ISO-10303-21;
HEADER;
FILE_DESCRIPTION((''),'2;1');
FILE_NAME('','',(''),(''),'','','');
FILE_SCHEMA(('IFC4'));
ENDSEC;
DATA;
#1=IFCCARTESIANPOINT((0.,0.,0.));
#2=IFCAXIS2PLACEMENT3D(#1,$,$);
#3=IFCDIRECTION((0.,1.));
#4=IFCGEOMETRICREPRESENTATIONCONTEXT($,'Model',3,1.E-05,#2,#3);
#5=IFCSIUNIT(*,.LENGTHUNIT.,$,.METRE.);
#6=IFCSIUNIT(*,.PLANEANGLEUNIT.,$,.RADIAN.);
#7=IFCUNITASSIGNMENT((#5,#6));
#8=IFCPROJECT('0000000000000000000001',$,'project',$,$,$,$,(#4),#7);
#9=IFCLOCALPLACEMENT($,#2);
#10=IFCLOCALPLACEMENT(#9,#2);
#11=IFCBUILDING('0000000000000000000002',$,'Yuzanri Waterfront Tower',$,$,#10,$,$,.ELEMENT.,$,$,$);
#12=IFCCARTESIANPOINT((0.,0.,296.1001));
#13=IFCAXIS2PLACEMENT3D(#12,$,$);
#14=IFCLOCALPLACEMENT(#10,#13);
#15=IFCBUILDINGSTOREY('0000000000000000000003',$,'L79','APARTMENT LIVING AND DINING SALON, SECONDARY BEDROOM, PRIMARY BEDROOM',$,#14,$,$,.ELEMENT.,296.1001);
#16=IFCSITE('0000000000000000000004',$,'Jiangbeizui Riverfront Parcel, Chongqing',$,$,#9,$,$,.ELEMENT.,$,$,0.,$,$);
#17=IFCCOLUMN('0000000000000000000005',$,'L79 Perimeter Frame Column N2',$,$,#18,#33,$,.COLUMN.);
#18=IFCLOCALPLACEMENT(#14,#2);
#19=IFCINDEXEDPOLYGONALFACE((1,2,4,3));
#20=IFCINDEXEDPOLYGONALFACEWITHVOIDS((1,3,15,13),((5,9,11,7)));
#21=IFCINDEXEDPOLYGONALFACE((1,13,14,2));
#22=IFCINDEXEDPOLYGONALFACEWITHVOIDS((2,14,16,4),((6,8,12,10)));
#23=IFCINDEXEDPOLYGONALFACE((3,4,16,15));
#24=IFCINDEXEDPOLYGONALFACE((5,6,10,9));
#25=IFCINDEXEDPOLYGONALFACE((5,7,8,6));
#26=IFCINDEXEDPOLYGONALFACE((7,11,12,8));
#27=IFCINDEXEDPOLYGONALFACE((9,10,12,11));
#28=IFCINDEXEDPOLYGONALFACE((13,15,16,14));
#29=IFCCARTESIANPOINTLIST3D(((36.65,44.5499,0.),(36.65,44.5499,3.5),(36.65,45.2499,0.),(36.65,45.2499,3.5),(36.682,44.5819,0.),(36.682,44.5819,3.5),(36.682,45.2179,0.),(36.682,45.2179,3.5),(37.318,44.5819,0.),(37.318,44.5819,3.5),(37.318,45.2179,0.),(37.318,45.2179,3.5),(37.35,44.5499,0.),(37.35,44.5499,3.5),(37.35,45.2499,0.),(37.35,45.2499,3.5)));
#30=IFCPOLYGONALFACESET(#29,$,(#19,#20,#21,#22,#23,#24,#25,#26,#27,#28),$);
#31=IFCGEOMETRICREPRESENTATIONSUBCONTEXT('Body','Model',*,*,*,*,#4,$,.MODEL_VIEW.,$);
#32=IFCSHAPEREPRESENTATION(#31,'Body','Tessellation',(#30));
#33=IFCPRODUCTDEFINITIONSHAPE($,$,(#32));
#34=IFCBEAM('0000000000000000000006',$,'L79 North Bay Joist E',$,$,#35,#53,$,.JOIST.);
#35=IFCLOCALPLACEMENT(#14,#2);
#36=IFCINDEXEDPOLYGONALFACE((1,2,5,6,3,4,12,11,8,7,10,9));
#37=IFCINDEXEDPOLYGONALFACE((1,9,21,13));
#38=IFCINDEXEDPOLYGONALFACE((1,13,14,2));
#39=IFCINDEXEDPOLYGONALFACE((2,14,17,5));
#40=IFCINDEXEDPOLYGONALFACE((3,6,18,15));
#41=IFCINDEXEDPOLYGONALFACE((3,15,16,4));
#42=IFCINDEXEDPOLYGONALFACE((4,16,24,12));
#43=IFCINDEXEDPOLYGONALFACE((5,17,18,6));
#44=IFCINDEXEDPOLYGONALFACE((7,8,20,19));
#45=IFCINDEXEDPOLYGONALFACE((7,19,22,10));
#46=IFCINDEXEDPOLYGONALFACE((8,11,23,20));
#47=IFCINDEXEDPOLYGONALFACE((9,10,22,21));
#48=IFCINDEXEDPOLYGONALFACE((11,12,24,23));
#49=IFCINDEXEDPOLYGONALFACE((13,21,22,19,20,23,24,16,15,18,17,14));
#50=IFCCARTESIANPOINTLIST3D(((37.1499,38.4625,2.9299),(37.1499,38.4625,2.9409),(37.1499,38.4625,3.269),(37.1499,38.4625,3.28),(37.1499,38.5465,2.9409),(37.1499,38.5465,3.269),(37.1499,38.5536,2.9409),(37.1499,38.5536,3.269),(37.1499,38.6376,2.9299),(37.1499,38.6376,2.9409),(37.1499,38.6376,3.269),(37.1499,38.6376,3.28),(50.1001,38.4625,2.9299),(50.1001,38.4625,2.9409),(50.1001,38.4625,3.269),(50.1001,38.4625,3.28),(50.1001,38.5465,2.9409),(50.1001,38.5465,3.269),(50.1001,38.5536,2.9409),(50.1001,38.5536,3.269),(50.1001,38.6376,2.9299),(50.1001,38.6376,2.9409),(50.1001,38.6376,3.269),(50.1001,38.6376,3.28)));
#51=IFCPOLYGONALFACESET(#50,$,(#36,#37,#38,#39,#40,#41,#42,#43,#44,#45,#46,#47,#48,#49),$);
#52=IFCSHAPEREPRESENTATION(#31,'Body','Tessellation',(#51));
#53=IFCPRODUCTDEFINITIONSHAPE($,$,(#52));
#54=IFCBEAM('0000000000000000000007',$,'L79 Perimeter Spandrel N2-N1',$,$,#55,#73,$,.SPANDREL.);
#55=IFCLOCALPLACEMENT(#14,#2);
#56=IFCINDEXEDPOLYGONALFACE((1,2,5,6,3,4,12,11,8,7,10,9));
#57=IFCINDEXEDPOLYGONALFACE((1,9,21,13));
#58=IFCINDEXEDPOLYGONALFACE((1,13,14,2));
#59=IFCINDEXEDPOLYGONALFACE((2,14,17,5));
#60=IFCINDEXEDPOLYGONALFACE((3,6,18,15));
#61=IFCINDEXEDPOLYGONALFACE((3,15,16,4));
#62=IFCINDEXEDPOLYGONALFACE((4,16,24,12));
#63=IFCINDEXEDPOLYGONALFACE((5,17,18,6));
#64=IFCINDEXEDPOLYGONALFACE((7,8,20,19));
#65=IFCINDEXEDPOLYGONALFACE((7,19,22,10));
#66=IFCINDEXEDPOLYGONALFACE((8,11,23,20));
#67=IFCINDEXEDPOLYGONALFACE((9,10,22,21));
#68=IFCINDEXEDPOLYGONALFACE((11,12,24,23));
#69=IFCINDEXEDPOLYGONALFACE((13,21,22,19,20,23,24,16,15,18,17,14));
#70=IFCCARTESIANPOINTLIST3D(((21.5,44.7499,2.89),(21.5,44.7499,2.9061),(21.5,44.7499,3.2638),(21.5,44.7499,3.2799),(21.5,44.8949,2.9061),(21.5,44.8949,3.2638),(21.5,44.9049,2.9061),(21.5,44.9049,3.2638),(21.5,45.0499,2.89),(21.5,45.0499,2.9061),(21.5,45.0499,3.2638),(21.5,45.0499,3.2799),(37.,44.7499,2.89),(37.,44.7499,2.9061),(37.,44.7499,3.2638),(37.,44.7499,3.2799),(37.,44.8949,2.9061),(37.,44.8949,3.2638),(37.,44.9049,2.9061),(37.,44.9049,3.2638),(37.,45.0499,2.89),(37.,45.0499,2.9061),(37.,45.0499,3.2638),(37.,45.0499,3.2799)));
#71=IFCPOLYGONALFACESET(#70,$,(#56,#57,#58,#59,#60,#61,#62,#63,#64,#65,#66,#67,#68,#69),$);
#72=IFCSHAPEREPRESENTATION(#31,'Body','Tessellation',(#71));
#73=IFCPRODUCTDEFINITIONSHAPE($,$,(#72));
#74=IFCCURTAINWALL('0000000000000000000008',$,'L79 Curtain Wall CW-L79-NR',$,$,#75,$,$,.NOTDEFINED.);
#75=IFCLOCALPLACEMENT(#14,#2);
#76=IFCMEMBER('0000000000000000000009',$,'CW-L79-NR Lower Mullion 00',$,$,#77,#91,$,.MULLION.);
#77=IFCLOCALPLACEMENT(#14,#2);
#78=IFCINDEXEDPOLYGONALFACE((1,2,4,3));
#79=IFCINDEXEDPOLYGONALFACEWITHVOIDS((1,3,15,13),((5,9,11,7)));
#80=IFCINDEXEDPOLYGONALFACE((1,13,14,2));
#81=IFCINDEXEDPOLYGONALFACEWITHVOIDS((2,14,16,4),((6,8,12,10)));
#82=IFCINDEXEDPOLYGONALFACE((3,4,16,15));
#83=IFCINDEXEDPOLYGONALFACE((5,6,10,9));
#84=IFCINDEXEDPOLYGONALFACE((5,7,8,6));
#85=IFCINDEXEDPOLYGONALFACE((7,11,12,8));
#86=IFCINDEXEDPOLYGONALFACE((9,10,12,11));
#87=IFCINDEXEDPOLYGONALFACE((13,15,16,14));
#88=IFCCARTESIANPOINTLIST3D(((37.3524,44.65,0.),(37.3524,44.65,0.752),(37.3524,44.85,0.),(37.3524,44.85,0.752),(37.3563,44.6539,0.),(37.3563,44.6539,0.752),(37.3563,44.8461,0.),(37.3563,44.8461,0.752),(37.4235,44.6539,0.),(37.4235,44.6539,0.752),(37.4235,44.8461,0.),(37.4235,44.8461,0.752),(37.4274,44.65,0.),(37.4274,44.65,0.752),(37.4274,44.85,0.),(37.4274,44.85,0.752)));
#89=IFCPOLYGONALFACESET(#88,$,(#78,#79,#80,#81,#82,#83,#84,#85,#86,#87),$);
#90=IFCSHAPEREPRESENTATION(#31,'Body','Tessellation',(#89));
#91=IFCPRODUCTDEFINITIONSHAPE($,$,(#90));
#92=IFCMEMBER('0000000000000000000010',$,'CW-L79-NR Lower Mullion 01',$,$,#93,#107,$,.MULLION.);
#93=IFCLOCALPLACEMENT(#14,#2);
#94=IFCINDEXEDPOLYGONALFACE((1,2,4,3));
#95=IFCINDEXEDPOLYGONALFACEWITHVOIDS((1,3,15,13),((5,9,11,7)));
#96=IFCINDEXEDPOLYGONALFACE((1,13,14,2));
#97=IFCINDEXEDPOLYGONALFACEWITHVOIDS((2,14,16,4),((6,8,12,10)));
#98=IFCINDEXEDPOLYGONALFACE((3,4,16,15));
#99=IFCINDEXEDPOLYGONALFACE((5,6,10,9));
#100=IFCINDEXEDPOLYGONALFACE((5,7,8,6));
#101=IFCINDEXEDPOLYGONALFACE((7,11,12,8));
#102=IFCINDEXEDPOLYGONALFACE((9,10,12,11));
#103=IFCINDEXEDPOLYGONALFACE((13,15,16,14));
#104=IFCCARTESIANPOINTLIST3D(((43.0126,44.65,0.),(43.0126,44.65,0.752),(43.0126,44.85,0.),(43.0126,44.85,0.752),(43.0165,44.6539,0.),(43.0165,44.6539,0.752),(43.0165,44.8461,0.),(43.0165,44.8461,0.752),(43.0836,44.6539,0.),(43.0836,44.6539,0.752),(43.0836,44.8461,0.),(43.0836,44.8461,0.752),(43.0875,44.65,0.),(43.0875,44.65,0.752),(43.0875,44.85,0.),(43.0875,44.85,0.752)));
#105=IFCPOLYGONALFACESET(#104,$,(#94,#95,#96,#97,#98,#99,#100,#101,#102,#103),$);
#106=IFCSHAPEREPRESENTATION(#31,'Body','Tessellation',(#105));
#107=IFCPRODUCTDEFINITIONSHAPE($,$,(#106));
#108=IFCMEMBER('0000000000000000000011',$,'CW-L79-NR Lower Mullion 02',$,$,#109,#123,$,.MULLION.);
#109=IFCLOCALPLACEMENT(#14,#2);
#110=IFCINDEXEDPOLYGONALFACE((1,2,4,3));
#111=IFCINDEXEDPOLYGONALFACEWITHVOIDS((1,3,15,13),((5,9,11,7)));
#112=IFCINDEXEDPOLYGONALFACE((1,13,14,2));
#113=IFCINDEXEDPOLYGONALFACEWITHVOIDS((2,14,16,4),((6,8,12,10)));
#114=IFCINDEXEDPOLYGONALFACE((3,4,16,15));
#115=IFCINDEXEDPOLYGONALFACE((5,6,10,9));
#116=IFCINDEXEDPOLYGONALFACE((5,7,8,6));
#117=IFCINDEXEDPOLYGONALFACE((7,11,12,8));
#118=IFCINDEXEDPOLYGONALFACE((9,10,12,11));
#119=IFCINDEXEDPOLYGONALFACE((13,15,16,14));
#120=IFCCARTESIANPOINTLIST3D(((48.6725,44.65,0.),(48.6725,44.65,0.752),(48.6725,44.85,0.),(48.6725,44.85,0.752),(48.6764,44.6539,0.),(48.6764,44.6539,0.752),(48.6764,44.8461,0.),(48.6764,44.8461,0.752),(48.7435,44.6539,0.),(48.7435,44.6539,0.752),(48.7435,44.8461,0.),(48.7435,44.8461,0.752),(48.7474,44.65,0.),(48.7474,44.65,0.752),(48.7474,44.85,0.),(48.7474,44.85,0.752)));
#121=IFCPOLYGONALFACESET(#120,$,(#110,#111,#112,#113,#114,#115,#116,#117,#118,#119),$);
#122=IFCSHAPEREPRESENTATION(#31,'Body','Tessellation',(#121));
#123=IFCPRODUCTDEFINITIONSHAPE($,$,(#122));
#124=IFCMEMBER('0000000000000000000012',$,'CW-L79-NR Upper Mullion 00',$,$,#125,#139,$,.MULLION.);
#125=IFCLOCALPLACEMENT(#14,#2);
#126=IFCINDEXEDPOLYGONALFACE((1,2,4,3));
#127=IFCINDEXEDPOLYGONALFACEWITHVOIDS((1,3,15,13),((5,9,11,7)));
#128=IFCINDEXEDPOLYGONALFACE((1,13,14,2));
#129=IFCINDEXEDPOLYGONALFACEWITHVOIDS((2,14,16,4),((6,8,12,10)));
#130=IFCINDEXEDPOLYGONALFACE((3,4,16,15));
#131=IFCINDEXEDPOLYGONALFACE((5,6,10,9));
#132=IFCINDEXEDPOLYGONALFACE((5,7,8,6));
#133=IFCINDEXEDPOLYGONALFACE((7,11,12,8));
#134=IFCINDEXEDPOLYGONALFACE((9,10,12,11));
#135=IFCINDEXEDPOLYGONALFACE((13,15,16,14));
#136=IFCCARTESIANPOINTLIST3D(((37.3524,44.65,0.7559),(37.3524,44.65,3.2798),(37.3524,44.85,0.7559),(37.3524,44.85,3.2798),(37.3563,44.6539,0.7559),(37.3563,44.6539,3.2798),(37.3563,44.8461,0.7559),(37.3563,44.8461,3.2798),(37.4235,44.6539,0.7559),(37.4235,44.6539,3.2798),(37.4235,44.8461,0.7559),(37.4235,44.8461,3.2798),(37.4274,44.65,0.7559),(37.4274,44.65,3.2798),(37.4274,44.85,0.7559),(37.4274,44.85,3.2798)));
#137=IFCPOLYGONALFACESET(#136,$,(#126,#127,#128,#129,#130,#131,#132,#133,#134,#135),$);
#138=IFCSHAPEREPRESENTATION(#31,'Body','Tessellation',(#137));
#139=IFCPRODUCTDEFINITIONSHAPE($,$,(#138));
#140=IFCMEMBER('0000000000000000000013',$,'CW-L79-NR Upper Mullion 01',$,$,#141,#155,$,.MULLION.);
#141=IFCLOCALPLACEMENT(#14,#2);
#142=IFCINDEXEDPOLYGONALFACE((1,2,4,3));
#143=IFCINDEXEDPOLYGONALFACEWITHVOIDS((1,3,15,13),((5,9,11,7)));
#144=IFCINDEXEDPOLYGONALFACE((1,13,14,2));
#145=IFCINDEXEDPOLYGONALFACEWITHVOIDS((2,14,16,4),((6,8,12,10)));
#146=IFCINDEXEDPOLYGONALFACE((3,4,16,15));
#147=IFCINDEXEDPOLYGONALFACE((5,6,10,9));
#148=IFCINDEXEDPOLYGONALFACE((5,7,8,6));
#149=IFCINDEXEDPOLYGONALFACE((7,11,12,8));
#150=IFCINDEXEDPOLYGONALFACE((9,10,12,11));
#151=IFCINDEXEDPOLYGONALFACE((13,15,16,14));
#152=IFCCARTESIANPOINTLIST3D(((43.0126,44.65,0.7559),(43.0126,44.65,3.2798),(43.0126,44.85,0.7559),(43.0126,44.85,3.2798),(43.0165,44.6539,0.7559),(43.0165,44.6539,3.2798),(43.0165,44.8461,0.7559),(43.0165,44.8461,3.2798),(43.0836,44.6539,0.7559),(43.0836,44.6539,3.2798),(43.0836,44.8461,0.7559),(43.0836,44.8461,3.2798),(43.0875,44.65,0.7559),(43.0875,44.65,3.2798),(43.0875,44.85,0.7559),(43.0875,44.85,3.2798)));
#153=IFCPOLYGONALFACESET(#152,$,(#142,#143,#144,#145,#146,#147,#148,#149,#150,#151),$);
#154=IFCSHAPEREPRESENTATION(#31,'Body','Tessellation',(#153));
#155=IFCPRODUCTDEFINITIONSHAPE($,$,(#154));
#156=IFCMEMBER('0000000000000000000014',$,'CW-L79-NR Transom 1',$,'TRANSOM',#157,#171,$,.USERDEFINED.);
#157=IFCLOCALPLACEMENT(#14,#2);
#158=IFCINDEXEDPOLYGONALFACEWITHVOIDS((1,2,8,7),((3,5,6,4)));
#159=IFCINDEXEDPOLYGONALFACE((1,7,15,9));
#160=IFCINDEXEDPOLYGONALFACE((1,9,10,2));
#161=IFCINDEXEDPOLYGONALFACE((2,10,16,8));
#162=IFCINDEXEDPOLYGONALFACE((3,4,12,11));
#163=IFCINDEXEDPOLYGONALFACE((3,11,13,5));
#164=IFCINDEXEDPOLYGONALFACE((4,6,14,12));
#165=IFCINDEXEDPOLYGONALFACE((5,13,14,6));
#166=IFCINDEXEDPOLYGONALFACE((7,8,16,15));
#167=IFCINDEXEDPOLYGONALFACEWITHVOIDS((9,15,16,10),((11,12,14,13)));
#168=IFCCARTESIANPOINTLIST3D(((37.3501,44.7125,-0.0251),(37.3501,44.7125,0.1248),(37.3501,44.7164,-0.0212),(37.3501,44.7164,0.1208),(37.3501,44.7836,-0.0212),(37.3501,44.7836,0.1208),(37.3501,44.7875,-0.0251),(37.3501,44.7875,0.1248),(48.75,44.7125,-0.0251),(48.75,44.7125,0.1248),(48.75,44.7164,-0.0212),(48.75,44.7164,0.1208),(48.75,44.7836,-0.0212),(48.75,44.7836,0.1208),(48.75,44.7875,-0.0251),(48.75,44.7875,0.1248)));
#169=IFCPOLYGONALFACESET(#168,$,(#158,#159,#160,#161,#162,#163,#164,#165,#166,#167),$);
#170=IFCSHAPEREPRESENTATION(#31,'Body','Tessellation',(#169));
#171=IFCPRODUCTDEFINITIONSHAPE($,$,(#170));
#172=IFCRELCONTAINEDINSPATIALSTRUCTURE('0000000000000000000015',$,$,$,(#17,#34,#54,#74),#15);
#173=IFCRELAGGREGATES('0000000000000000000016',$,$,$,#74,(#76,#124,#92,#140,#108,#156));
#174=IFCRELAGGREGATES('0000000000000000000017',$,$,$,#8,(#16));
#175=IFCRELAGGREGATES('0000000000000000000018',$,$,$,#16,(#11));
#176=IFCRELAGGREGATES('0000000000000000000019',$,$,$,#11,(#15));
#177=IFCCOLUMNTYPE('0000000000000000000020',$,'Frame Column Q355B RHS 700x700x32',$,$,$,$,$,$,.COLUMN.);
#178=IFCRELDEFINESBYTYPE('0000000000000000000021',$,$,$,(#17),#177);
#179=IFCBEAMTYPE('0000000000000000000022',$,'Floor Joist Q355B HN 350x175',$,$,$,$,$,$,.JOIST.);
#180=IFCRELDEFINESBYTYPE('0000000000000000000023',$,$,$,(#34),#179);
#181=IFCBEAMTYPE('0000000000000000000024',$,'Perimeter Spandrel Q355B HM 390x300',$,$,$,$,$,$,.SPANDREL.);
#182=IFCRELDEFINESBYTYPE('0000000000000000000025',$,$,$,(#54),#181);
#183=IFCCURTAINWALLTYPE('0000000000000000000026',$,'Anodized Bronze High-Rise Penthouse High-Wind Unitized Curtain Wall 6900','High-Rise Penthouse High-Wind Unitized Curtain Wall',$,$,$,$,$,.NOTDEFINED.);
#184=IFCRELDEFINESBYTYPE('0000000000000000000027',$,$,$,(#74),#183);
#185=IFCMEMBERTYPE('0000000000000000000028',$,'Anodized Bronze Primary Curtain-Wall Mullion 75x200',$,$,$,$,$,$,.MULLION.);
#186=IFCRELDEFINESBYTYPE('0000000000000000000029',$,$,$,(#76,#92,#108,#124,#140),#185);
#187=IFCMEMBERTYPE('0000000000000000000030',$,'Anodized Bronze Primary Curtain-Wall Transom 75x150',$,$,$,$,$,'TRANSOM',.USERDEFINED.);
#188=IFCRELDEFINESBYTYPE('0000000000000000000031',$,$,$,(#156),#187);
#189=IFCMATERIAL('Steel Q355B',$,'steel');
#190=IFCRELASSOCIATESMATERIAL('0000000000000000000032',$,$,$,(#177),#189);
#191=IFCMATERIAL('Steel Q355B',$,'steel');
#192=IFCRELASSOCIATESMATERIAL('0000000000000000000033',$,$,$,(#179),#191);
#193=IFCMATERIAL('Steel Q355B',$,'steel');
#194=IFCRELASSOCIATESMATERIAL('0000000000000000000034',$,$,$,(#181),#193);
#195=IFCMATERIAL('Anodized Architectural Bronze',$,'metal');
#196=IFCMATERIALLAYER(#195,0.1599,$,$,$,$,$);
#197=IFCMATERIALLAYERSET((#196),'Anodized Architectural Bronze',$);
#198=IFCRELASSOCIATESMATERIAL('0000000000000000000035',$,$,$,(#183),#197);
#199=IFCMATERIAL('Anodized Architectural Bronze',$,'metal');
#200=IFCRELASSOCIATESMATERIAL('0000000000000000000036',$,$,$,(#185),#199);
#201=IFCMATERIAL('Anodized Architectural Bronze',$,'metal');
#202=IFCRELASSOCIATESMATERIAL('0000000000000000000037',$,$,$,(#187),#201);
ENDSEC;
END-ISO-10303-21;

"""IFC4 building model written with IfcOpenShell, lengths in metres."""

from ifc_helpers import new_model, si_unit, direction, frame, origin, origin_2d, place, context, subcontext, project, spatial, hollow_rectangle, i_section, extrude, source, transform, mapped, material, layer, layer_set, material_profile, profile_set, type_object, element, aggregate, save


model = new_model("IFC4")

# Units and contexts
model_context = context("Model", 3, precision=1e-05, world=origin(), true_north=direction((0.0, 1.0)))
body_context = subcontext(model_context, "Body", "Model", "MODEL_VIEW")
ifc_project = project(units=[si_unit("LENGTHUNIT", "METRE"), si_unit("PLANEANGLEUNIT", "RADIAN")], contexts=[model_context])

# Site, building, storey
site_placement = place(None, origin())
site = spatial("IfcSite", under=ifc_project, at=site_placement, Name="Jiangbeizui Riverfront Parcel, Chongqing", CompositionType="ELEMENT", RefElevation=0.0)
building_placement = place(site_placement, origin())
building = spatial("IfcBuilding", under=site, at=building_placement, Name="Yuzanri Waterfront Tower", CompositionType="ELEMENT")
storey_placement = place(building_placement, frame((0.0, 0.0, 296.1001)))
storey = spatial("IfcBuildingStorey", under=building, at=storey_placement, Name="L79", Description="APARTMENT LIVING AND DINING SALON, SECONDARY BEDROOM, PRIMARY BEDROOM", CompositionType="ELEMENT", Elevation=296.1001)

# Column
ifc_material_1 = material(Name="Steel Q355B", Category="steel")
ifc_material_profile_1 = material_profile(ifc_material_1, hollow_rectangle(XDim=0.7, YDim=0.7, WallThickness=0.032, at=origin_2d()), Name="RHS 700x700x32")
ifc_profile_set_1 = profile_set([ifc_material_profile_1], Name="Steel Q355B")
column_type = type_object("IfcColumnType", Name="Frame Column Q355B RHS 700x700x32", PredefinedType="COLUMN", material=ifc_profile_set_1)
shared_shape_1 = source(origin(), body_context, "Body", "SweptSolid", [
    extrude(hollow_rectangle(XDim=0.7, YDim=0.7, WallThickness=0.032, at=origin_2d()), origin(), (0.0, 0.0, 1.0), 3.5),
])
column_placement = place(storey_placement, frame((37.0, 44.8999, 0.0), z_axis=(0.0, 0.0, 1.0), x_axis=(1.0, 0.0, 0.0)))
element("IfcColumn", 1, at=column_placement, inside=storey, type_object=column_type, Name="L79 Perimeter Frame Column N2", PredefinedType="COLUMN", context=body_context, shape_type="MappedRepresentation", body=[
    mapped(shared_shape_1, transform((0.0, 0.0, 0.0), scale=1.0)),
])

# Beams
ifc_material_2 = material(Name="Steel Q355B", Category="steel")
ifc_material_profile_2 = material_profile(ifc_material_2, i_section(OverallWidth=0.175, OverallDepth=0.3501, WebThickness=0.0071, FlangeThickness=0.011, at=origin_2d()), Name="HN 350x175x7x11")
ifc_profile_set_2 = profile_set([ifc_material_profile_2], Name="Steel Q355B")
beam_type_1 = type_object("IfcBeamType", Name="Floor Joist Q355B HN 350x175", PredefinedType="JOIST", material=ifc_profile_set_2)
shared_shape_2 = source(origin(), body_context, "Body", "SweptSolid", [
    extrude(i_section(OverallWidth=0.175, OverallDepth=0.3501, WebThickness=0.0071, FlangeThickness=0.011, at=origin_2d()), origin(), (0.0, 0.0, 1.0), 12.9502),
])
beam_1_placement = place(storey_placement, frame((37.1499, 38.55, 3.105), z_axis=(1.0, 0.0, 0.0), x_axis=(0.0, 1.0, 0.0)))
element("IfcBeam", 2, at=beam_1_placement, inside=storey, type_object=beam_type_1, Name="L79 North Bay Joist E", PredefinedType="JOIST", context=body_context, shape_type="MappedRepresentation", body=[
    mapped(shared_shape_2, transform((0.0, 0.0, 0.0), scale=1.0)),
])
ifc_material_3 = material(Name="Steel Q355B", Category="steel")
ifc_material_profile_3 = material_profile(ifc_material_3, i_section(OverallWidth=0.3, OverallDepth=0.3899, WebThickness=0.01, FlangeThickness=0.0161, at=origin_2d()), Name="HM 390x300x10x16")
ifc_profile_set_3 = profile_set([ifc_material_profile_3], Name="Steel Q355B")
beam_type_2 = type_object("IfcBeamType", Name="Perimeter Spandrel Q355B HM 390x300", PredefinedType="SPANDREL", material=ifc_profile_set_3)
shared_shape_3 = source(origin(), body_context, "Body", "SweptSolid", [
    extrude(i_section(OverallWidth=0.3, OverallDepth=0.3899, WebThickness=0.01, FlangeThickness=0.0161, at=origin_2d()), origin(), (0.0, 0.0, 1.0), 15.5),
])
beam_2_placement = place(storey_placement, frame((37.0, 44.8999, 3.085), z_axis=(-1.0, 0.0, 0.0), x_axis=(0.0, -1.0, 0.0)))
element("IfcBeam", 3, at=beam_2_placement, inside=storey, type_object=beam_type_2, Name="L79 Perimeter Spandrel N2-N1", PredefinedType="SPANDREL", context=body_context, shape_type="MappedRepresentation", body=[
    mapped(shared_shape_3, transform((0.0, 0.0, 0.0), scale=1.0)),
])

# Curtain wall, members
ifc_material_4 = material(Name="Anodized Architectural Bronze", Category="metal")
ifc_layer_1 = layer(ifc_material_4, 0.1599)
ifc_layer_set_1 = layer_set([ifc_layer_1], Name="Anodized Architectural Bronze")
curtain_wall_type = type_object("IfcCurtainWallType", Name="Anodized Bronze High-Rise Penthouse High-Wind Unitized Curtain Wall 6900", Description="High-Rise Penthouse High-Wind Unitized Curtain Wall", PredefinedType="NOTDEFINED", material=ifc_layer_set_1)
curtain_wall_placement = place(storey_placement, origin())
curtain_wall = element("IfcCurtainWall", 4, at=curtain_wall_placement, inside=storey, type_object=curtain_wall_type, Name="L79 Curtain Wall CW-L79-NR", PredefinedType="NOTDEFINED")
ifc_material_5 = material(Name="Anodized Architectural Bronze", Category="metal")
ifc_material_profile_4 = material_profile(ifc_material_5, hollow_rectangle(XDim=0.075, YDim=0.2, WallThickness=0.0039, at=origin_2d()), Name="CWM 75x200")
ifc_profile_set_4 = profile_set([ifc_material_profile_4], Name="Anodized Architectural Bronze")
member_type_1 = type_object("IfcMemberType", Name="Anodized Bronze Primary Curtain-Wall Mullion 75x200", PredefinedType="MULLION", material=ifc_profile_set_4)
shared_shape_4 = source(origin(), body_context, "Body", "SweptSolid", [
    extrude(hollow_rectangle(XDim=0.075, YDim=0.2, WallThickness=0.0039, at=origin_2d()), origin(), (0.0, 0.0, 1.0), 0.752),
])
member_1_placement = place(storey_placement, frame((37.3899, 44.75, 0.0), z_axis=(0.0, 0.0, 1.0), x_axis=(1.0, 0.0, 0.0)))
member_1 = element("IfcMember", 5, at=member_1_placement, type_object=member_type_1, Name="CW-L79-NR Lower Mullion 00", PredefinedType="MULLION", context=body_context, shape_type="MappedRepresentation", body=[
    mapped(shared_shape_4, transform((0.0, 0.0, 0.0), scale=1.0)),
])
member_2_placement = place(storey_placement, frame((43.05, 44.75, 0.0), z_axis=(0.0, 0.0, 1.0), x_axis=(1.0, 0.0, 0.0)))
member_2 = element("IfcMember", 6, at=member_2_placement, type_object=member_type_1, Name="CW-L79-NR Lower Mullion 01", PredefinedType="MULLION", context=body_context, shape_type="MappedRepresentation", body=[
    mapped(shared_shape_4, transform((0.0, 0.0, 0.0), scale=1.0)),
])
member_3_placement = place(storey_placement, frame((48.71, 44.75, 0.0), z_axis=(0.0, 0.0, 1.0), x_axis=(1.0, 0.0, 0.0)))
member_3 = element("IfcMember", 7, at=member_3_placement, type_object=member_type_1, Name="CW-L79-NR Lower Mullion 02", PredefinedType="MULLION", context=body_context, shape_type="MappedRepresentation", body=[
    mapped(shared_shape_4, transform((0.0, 0.0, 0.0), scale=1.0)),
])
shared_shape_5 = source(origin(), body_context, "Body", "SweptSolid", [
    extrude(hollow_rectangle(XDim=0.075, YDim=0.2, WallThickness=0.0039, at=origin_2d()), origin(), (0.0, 0.0, 1.0), 2.5239),
])
member_4_placement = place(storey_placement, frame((37.3899, 44.75, 0.7559), z_axis=(0.0, 0.0, 1.0), x_axis=(1.0, 0.0, 0.0)))
member_4 = element("IfcMember", 8, at=member_4_placement, type_object=member_type_1, Name="CW-L79-NR Upper Mullion 00", PredefinedType="MULLION", context=body_context, shape_type="MappedRepresentation", body=[
    mapped(shared_shape_5, transform((0.0, 0.0, 0.0), scale=1.0)),
])
member_5_placement = place(storey_placement, frame((43.05, 44.75, 0.7559), z_axis=(0.0, 0.0, 1.0), x_axis=(1.0, 0.0, 0.0)))
member_5 = element("IfcMember", 9, at=member_5_placement, type_object=member_type_1, Name="CW-L79-NR Upper Mullion 01", PredefinedType="MULLION", context=body_context, shape_type="MappedRepresentation", body=[
    mapped(shared_shape_5, transform((0.0, 0.0, 0.0), scale=1.0)),
])
ifc_material_6 = material(Name="Anodized Architectural Bronze", Category="metal")
ifc_material_profile_5 = material_profile(ifc_material_6, hollow_rectangle(XDim=0.075, YDim=0.1499, WallThickness=0.0039, at=origin_2d()), Name="CWT 75x150")
ifc_profile_set_5 = profile_set([ifc_material_profile_5], Name="Anodized Architectural Bronze")
member_type_2 = type_object("IfcMemberType", Name="Anodized Bronze Primary Curtain-Wall Transom 75x150", ElementType="TRANSOM", PredefinedType="USERDEFINED", material=ifc_profile_set_5)
shared_shape_6 = source(origin(), body_context, "Body", "SweptSolid", [
    extrude(hollow_rectangle(XDim=0.075, YDim=0.1499, WallThickness=0.0039, at=origin_2d()), origin(), (0.0, 0.0, 1.0), 11.3999),
])
member_6_placement = place(storey_placement, frame((37.3501, 44.75, 0.0498), z_axis=(1.0, 0.0, 0.0), x_axis=(0.0, 1.0, 0.0)))
member_6 = element("IfcMember", 10, at=member_6_placement, type_object=member_type_2, Name="CW-L79-NR Transom 1", ObjectType="TRANSOM", PredefinedType="USERDEFINED", context=body_context, shape_type="MappedRepresentation", body=[
    mapped(shared_shape_6, transform((0.0, 0.0, 0.0), scale=1.0)),
])
aggregate(curtain_wall, [member_1, member_4, member_2, member_5, member_3, member_6])

save(model, "model.ifc")
